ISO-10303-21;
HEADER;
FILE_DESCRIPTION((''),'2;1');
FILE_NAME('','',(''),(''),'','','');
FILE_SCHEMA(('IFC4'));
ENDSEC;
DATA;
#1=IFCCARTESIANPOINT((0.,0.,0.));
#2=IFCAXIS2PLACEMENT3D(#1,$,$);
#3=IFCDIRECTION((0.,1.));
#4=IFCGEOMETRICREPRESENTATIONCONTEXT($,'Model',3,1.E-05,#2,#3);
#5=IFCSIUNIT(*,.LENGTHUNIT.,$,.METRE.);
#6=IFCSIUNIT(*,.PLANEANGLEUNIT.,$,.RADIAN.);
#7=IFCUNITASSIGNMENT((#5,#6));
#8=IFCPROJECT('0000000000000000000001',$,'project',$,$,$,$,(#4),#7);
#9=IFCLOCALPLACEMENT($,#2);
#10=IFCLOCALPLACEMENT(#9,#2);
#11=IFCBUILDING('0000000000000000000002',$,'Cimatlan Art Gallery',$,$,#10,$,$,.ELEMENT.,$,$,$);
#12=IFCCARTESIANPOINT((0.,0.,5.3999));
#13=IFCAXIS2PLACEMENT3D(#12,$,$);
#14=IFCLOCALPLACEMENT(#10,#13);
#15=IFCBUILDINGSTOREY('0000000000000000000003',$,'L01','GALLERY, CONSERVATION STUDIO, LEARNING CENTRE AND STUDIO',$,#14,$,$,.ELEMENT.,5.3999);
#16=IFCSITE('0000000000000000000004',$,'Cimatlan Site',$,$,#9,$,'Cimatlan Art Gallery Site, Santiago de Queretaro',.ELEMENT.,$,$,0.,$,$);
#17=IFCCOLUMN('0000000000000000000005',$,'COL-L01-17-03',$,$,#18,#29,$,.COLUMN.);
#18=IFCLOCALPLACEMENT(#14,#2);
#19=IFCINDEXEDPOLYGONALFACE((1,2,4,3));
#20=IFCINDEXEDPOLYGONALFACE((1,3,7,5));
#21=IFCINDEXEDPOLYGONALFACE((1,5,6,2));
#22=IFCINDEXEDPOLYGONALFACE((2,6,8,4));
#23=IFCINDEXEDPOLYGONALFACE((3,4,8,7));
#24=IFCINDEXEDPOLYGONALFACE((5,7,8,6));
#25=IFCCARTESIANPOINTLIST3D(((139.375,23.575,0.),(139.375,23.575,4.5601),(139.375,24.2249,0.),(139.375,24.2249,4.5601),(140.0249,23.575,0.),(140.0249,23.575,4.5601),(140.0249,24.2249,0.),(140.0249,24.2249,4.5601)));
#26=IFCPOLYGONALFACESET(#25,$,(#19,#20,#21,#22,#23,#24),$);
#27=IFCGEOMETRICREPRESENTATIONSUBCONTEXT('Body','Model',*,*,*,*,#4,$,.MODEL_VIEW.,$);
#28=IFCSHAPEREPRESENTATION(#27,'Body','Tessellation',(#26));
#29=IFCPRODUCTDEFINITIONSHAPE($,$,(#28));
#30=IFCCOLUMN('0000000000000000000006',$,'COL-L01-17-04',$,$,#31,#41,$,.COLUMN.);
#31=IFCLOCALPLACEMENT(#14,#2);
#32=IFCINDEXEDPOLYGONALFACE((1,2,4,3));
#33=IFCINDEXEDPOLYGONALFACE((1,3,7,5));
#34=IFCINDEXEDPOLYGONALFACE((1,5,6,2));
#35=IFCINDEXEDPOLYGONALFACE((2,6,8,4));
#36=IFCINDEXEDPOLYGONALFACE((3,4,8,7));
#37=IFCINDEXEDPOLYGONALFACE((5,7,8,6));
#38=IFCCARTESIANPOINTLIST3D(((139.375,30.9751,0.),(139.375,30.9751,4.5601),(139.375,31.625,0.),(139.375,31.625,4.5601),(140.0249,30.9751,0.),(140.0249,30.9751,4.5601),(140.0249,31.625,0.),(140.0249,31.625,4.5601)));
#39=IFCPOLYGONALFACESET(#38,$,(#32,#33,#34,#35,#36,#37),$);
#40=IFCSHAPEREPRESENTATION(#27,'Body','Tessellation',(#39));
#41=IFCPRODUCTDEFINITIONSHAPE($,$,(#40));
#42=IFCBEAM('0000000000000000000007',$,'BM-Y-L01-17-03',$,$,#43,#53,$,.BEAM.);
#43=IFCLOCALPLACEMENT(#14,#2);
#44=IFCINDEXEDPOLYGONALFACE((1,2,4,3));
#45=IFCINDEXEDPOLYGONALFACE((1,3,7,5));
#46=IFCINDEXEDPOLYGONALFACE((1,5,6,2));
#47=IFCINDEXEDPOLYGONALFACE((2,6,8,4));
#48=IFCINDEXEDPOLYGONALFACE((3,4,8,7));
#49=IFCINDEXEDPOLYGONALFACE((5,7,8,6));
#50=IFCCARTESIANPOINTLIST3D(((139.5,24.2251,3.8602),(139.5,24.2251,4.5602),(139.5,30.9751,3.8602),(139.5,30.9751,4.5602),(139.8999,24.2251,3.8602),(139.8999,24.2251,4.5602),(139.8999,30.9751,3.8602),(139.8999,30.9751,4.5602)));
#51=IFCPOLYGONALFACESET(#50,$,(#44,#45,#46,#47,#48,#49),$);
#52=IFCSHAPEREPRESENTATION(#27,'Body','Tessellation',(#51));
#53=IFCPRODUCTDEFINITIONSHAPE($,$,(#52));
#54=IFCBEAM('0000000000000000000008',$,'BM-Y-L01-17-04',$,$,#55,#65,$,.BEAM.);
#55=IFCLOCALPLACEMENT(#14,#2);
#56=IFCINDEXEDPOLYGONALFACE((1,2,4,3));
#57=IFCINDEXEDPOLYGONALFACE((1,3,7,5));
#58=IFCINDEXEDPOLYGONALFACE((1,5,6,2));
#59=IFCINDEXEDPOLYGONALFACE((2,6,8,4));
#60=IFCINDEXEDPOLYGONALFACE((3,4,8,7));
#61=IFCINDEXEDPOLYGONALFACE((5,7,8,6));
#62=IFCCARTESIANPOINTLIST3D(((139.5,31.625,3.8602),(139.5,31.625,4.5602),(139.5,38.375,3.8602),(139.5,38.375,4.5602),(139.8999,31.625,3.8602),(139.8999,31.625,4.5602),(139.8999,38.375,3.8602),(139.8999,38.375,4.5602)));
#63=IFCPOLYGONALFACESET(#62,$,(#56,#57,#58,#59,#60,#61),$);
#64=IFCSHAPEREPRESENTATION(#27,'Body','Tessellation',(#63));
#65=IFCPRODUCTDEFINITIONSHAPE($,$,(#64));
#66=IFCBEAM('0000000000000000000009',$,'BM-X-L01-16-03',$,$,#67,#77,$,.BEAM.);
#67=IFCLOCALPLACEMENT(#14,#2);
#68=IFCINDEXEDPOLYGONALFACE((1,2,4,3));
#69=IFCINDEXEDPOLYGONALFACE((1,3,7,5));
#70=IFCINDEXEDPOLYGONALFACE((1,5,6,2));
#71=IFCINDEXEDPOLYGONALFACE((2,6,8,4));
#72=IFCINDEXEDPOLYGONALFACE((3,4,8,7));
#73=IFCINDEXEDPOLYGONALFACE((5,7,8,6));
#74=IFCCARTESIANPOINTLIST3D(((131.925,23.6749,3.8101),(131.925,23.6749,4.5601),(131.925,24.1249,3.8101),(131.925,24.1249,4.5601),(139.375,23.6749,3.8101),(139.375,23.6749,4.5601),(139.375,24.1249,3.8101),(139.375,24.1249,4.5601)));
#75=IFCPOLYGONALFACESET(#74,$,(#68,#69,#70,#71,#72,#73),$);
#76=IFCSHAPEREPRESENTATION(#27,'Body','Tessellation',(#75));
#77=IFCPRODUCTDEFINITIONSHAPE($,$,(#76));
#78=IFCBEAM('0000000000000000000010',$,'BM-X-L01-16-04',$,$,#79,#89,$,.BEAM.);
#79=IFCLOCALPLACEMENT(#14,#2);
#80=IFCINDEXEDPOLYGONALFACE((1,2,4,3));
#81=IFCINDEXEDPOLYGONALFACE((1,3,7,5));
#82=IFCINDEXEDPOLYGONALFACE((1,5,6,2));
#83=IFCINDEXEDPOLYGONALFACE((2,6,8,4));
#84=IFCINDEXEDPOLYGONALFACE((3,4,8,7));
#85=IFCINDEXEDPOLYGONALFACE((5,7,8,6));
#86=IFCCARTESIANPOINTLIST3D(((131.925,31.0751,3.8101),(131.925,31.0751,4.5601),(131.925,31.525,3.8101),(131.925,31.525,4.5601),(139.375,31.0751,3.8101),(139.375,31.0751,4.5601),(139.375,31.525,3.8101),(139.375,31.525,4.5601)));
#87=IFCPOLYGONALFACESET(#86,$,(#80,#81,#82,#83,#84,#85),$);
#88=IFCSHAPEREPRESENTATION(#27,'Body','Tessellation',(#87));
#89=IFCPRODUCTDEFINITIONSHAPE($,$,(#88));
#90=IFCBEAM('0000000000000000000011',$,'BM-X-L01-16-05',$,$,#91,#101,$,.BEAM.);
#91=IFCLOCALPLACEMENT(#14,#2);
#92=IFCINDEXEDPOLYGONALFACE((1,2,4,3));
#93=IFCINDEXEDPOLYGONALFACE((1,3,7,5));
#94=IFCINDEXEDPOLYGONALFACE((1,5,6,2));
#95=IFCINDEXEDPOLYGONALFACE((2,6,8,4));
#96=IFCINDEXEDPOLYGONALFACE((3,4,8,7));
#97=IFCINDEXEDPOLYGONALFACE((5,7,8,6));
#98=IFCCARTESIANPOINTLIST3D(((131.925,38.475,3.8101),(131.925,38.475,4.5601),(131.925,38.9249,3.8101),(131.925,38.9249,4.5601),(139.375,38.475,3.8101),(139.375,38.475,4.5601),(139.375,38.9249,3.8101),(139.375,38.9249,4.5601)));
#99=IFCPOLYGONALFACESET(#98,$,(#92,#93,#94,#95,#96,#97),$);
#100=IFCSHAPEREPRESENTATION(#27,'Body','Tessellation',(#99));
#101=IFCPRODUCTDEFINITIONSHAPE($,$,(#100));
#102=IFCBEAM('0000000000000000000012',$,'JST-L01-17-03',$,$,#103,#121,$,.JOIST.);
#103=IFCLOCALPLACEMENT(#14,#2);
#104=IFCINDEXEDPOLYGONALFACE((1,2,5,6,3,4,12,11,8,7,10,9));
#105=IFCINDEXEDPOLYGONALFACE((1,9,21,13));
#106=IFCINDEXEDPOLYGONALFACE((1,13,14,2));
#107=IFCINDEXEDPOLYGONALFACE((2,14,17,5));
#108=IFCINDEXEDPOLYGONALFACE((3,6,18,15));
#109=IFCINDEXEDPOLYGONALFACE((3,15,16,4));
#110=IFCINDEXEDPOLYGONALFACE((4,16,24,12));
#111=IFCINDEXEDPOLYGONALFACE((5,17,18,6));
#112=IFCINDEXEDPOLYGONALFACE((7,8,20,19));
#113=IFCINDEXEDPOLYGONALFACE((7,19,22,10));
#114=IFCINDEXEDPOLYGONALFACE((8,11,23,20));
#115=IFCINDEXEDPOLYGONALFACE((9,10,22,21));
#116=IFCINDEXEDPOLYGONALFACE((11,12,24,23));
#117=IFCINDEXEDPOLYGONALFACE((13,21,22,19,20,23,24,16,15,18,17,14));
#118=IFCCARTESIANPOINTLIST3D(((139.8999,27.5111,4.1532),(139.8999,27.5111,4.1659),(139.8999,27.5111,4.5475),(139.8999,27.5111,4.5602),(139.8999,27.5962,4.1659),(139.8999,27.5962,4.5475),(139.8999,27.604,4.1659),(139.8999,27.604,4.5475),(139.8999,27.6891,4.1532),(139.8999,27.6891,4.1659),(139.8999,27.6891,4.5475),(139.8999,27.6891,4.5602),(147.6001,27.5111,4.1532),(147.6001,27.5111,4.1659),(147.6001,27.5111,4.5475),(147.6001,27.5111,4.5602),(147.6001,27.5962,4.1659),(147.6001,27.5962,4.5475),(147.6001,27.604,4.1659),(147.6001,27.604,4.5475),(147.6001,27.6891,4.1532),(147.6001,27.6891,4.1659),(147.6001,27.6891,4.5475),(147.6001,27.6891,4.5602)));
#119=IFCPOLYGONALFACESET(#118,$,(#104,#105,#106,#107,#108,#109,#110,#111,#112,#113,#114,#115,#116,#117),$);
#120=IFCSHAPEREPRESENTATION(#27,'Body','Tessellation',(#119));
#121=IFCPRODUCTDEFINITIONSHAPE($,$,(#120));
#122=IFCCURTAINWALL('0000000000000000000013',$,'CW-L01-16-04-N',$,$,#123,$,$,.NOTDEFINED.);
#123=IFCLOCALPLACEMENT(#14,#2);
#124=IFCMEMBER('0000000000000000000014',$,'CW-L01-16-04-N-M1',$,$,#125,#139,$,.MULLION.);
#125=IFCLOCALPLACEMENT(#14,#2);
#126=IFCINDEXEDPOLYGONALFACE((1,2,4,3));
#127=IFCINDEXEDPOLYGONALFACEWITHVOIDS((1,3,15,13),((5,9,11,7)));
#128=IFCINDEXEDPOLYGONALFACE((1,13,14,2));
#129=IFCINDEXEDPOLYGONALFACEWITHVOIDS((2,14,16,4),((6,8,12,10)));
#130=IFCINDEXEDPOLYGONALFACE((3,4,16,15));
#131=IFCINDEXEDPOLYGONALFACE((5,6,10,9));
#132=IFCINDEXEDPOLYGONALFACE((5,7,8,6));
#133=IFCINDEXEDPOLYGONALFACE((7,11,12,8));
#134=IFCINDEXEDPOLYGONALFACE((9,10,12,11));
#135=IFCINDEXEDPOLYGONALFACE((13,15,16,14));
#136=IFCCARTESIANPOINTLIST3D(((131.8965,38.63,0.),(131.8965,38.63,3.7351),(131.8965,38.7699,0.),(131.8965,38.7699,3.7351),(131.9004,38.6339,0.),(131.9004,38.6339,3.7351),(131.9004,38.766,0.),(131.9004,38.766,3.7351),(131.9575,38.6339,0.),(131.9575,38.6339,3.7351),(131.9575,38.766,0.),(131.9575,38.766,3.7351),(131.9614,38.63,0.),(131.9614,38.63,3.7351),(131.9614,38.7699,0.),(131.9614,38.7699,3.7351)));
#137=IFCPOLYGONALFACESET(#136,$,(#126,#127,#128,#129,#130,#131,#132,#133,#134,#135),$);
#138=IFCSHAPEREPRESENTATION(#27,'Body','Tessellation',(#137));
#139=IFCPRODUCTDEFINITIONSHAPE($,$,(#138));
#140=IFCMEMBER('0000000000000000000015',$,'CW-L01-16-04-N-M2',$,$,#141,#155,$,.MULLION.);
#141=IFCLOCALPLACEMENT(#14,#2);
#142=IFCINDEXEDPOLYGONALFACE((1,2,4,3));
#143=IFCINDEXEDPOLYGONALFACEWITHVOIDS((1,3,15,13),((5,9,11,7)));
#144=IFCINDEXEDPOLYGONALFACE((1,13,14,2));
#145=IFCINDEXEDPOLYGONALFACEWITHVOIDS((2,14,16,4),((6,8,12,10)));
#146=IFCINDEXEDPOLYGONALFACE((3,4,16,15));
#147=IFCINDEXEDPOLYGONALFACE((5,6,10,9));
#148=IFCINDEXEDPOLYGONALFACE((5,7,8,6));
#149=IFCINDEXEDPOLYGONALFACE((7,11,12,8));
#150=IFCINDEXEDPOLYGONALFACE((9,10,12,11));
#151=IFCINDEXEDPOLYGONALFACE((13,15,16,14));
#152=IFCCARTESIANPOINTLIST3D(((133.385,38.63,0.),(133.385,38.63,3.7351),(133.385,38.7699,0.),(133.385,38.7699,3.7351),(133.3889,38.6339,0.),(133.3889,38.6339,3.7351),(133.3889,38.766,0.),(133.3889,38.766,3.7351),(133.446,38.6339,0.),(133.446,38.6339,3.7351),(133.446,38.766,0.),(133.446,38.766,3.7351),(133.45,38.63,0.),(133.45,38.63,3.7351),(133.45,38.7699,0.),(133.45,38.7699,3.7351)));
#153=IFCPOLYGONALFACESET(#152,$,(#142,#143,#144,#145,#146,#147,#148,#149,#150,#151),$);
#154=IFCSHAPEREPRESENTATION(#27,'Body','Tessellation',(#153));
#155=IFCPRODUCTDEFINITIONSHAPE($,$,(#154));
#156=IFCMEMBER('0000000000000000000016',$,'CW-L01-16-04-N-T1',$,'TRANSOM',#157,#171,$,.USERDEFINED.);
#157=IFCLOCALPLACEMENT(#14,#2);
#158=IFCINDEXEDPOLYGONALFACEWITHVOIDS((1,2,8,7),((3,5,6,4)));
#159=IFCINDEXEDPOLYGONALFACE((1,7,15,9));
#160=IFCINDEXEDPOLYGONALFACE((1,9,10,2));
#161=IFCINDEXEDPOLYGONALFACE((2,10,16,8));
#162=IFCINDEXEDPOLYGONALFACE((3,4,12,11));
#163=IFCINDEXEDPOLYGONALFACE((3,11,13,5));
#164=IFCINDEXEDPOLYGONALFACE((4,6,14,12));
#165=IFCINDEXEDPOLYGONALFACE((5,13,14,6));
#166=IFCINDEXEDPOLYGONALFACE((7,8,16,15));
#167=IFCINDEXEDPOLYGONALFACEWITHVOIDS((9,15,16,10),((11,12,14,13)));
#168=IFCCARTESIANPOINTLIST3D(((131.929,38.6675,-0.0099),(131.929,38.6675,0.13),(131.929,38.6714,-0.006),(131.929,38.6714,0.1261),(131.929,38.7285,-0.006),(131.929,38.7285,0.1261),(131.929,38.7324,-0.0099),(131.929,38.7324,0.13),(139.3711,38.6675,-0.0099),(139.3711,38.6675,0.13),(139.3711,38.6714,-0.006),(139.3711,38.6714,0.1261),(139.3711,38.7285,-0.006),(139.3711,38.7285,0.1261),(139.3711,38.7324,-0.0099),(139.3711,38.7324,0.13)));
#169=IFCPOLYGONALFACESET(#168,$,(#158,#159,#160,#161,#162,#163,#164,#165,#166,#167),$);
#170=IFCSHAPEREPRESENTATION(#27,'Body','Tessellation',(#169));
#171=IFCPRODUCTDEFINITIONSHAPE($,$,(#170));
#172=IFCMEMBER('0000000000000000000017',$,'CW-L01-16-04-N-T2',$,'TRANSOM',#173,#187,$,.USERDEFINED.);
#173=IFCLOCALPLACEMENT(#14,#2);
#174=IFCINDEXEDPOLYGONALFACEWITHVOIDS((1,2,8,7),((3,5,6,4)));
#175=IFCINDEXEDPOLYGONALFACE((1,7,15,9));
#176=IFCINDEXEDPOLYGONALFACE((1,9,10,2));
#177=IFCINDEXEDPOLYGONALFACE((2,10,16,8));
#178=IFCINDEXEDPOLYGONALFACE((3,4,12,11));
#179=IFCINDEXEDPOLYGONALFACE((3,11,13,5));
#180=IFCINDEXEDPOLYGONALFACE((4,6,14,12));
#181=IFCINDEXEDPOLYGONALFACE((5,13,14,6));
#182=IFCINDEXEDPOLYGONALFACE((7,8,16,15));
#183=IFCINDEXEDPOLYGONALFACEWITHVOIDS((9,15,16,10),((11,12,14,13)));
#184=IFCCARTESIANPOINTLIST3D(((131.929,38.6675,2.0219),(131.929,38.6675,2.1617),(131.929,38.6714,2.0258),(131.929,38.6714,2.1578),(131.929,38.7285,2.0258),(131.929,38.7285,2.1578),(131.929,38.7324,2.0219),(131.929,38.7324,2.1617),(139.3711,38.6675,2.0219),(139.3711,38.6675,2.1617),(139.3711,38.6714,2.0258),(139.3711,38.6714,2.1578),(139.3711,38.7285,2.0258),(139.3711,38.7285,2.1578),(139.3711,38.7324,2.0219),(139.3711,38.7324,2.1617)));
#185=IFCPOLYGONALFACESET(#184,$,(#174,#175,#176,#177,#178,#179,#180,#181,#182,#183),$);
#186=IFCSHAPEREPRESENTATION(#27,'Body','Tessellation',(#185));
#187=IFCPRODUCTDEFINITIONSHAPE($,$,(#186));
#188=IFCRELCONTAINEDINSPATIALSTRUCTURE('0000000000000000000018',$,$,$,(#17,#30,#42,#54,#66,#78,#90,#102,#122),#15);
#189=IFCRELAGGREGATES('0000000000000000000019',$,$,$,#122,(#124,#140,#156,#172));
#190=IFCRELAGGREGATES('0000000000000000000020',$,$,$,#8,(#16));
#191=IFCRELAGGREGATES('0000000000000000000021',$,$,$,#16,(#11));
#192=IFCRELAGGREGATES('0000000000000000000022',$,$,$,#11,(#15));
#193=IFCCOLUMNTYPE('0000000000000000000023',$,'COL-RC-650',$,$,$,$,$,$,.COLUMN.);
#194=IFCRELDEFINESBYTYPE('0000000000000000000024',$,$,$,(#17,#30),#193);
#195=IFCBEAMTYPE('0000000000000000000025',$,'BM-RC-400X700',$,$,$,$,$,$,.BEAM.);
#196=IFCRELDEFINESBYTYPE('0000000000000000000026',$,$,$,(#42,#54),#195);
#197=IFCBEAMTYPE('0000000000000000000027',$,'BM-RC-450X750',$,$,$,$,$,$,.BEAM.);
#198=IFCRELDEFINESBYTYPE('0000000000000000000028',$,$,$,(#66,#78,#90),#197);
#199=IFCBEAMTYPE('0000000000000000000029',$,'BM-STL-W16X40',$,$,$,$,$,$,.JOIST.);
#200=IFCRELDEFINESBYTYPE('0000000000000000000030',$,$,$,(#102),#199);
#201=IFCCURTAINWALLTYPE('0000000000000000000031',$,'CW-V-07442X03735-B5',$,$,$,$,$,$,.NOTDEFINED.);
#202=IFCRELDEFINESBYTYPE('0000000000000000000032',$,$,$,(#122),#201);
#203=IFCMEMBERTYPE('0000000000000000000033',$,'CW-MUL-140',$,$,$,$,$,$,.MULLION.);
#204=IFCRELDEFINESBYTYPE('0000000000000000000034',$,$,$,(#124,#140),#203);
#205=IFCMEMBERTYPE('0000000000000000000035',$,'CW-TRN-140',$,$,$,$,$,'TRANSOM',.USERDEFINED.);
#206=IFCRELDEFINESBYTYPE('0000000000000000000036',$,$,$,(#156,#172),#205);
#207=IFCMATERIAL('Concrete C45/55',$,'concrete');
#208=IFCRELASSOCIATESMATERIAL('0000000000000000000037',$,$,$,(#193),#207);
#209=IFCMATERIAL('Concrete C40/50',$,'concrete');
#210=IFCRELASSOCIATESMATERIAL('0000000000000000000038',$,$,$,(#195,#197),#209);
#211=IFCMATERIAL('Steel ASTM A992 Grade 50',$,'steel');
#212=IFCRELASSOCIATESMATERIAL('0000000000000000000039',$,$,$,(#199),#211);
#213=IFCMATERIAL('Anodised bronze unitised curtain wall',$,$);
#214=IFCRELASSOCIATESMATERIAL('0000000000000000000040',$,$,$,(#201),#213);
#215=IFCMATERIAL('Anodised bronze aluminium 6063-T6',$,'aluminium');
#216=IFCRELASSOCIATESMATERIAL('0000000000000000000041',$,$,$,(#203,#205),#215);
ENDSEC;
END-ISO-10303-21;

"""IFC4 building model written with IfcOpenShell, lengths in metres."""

from ifc_helpers import new_model, si_unit, direction, frame, origin, origin_2d, place, context, subcontext, project, spatial, rectangle, hollow_rectangle, i_section, extrude, material, material_profile, profile_set, type_object, element, aggregate, save


model = new_model("IFC4")

# Units and contexts
model_context = context("Model", 3, precision=1e-05, world=origin(), true_north=direction((0.0, 1.0)))
body_context = subcontext(model_context, "Body", "Model", "MODEL_VIEW")
ifc_project = project(units=[si_unit("LENGTHUNIT", "METRE"), si_unit("PLANEANGLEUNIT", "RADIAN")], contexts=[model_context])

# Site, building, storey
site_placement = place(None, origin())
site = spatial("IfcSite", under=ifc_project, at=site_placement, Name="Cimatlan Site", LongName="Cimatlan Art Gallery Site, Santiago de Queretaro", CompositionType="ELEMENT", RefElevation=0.0)
building_placement = place(site_placement, origin())
building = spatial("IfcBuilding", under=site, at=building_placement, Name="Cimatlan Art Gallery", CompositionType="ELEMENT")
storey_placement = place(building_placement, frame((0.0, 0.0, 5.3999)))
storey = spatial("IfcBuildingStorey", under=building, at=storey_placement, Name="L01", Description="GALLERY, CONSERVATION STUDIO, LEARNING CENTRE AND STUDIO", CompositionType="ELEMENT", Elevation=5.3999)

# Columns
ifc_material_1 = material(Name="Concrete C45/55", Category="concrete")
ifc_material_profile_1 = material_profile(ifc_material_1, rectangle(XDim=0.6499, YDim=0.6499, at=origin_2d()), Name="RC650X650")
ifc_profile_set_1 = profile_set([ifc_material_profile_1], Name="Concrete C45/55")
column_type = type_object("IfcColumnType", Name="COL-RC-650", PredefinedType="COLUMN", material=ifc_profile_set_1)
for number, where, z_axis, x_axis, name in (
    (1, (139.7, 23.8999, 0.0), (0.0, 0.0, 1.0), (1.0, 0.0, 0.0), "COL-L01-17-03"),
    (2, (139.7, 31.3, 0.0), (0.0, 0.0, 1.0), (1.0, 0.0, 0.0), "COL-L01-17-04"),
):
    element("IfcColumn", number, at=place(storey_placement, frame(where, z_axis=z_axis, x_axis=x_axis)), inside=storey, type_object=column_type, Name=name, PredefinedType="COLUMN", context=body_context, shape_type="SweptSolid", body=[
        extrude(rectangle(XDim=0.6499, YDim=0.6499, at=origin_2d()), origin(), (0.0, 0.0, 1.0), 4.5601),
    ])

# Beams
ifc_material_2 = material(Name="Concrete C40/50", Category="concrete")
ifc_material_profile_2 = material_profile(ifc_material_2, rectangle(XDim=0.3999, YDim=0.7, at=origin_2d()), Name="RC400X700")
ifc_profile_set_2 = profile_set([ifc_material_profile_2], Name="Concrete C40/50")
beam_type_1 = type_object("IfcBeamType", Name="BM-RC-400X700", PredefinedType="BEAM", material=ifc_profile_set_2)
for number, where, z_axis, x_axis, name in (
    (3, (139.7, 24.2251, 4.2102), (0.0, 1.0, 0.0), (-1.0, 0.0, 0.0), "BM-Y-L01-17-03"),
    (4, (139.7, 31.625, 4.2102), (0.0, 1.0, 0.0), (-1.0, 0.0, 0.0), "BM-Y-L01-17-04"),
):
    element("IfcBeam", number, at=place(storey_placement, frame(where, z_axis=z_axis, x_axis=x_axis)), inside=storey, type_object=beam_type_1, Name=name, PredefinedType="BEAM", context=body_context, shape_type="SweptSolid", body=[
        extrude(rectangle(XDim=0.3999, YDim=0.7, at=origin_2d()), origin(), (0.0, 0.0, 1.0), 6.75),
    ])
ifc_material_profile_3 = material_profile(ifc_material_2, rectangle(XDim=0.45, YDim=0.75, at=origin_2d()), Name="RC450X750")
ifc_profile_set_3 = profile_set([ifc_material_profile_3], Name="Concrete C40/50")
beam_type_2 = type_object("IfcBeamType", Name="BM-RC-450X750", PredefinedType="BEAM", material=ifc_profile_set_3)
for number, where, z_axis, x_axis, name in (
    (5, (131.925, 23.8999, 4.1851), (1.0, 0.0, 0.0), (0.0, 1.0, 0.0), "BM-X-L01-16-03"),
    (6, (131.925, 31.3, 4.1851), (1.0, 0.0, 0.0), (0.0, 1.0, 0.0), "BM-X-L01-16-04"),
    (7, (131.925, 38.7, 4.1851), (1.0, 0.0, 0.0), (0.0, 1.0, 0.0), "BM-X-L01-16-05"),
):
    element("IfcBeam", number, at=place(storey_placement, frame(where, z_axis=z_axis, x_axis=x_axis)), inside=storey, type_object=beam_type_2, Name=name, PredefinedType="BEAM", context=body_context, shape_type="SweptSolid", body=[
        extrude(rectangle(XDim=0.45, YDim=0.75, at=origin_2d()), origin(), (0.0, 0.0, 1.0), 7.45),
    ])
ifc_material_3 = material(Name="Steel ASTM A992 Grade 50", Category="steel")
ifc_material_profile_4 = material_profile(ifc_material_3, i_section(OverallWidth=0.178, OverallDepth=0.407, WebThickness=0.0078, FlangeThickness=0.0127, at=origin_2d()), Name="W16X40")
ifc_profile_set_4 = profile_set([ifc_material_profile_4], Name="Steel ASTM A992 Grade 50")
beam_type_3 = type_object("IfcBeamType", Name="BM-STL-W16X40", PredefinedType="JOIST", material=ifc_profile_set_4)
beam_placement = place(storey_placement, frame((139.8999, 27.6001, 4.3567), z_axis=(1.0, 0.0, 0.0), x_axis=(0.0, 1.0, 0.0)))
element("IfcBeam", 8, at=beam_placement, inside=storey, type_object=beam_type_3, Name="JST-L01-17-03", PredefinedType="JOIST", context=body_context, shape_type="SweptSolid", body=[
    extrude(i_section(OverallWidth=0.178, OverallDepth=0.407, WebThickness=0.0078, FlangeThickness=0.0127, at=origin_2d()), origin(), (0.0, 0.0, 1.0), 7.7002),
])

# Curtain wall, members
ifc_material_4 = material(Name="Anodised bronze unitised curtain wall")
curtain_wall_type = type_object("IfcCurtainWallType", Name="CW-V-07442X03735-B5", PredefinedType="NOTDEFINED", material=ifc_material_4)
curtain_wall_placement = place(storey_placement, origin())
curtain_wall = element("IfcCurtainWall", 9, at=curtain_wall_placement, inside=storey, type_object=curtain_wall_type, Name="CW-L01-16-04-N", PredefinedType="NOTDEFINED")
ifc_material_5 = material(Name="Anodised bronze aluminium 6063-T6", Category="aluminium")
ifc_material_profile_5 = material_profile(ifc_material_5, hollow_rectangle(XDim=0.0649, YDim=0.1399, WallThickness=0.0039, at=origin_2d()), Name="ALU65X140X4")
ifc_profile_set_5 = profile_set([ifc_material_profile_5], Name="Anodised bronze aluminium 6063-T6")
member_type_1 = type_object("IfcMemberType", Name="CW-MUL-140", PredefinedType="MULLION", material=ifc_profile_set_5)
member_1_placement = place(storey_placement, frame((131.929, 38.7, 0.0), z_axis=(0.0, 0.0, 1.0), x_axis=(1.0, 0.0, 0.0)))
member_1 = element("IfcMember", 10, at=member_1_placement, type_object=member_type_1, Name="CW-L01-16-04-N-M1", PredefinedType="MULLION", context=body_context, shape_type="SweptSolid", body=[
    extrude(hollow_rectangle(XDim=0.0649, YDim=0.1399, WallThickness=0.0039, at=origin_2d()), origin(), (0.0, 0.0, 1.0), 3.7351),
])
member_2_placement = place(storey_placement, frame((133.4175, 38.7, 0.0), z_axis=(0.0, 0.0, 1.0), x_axis=(1.0, 0.0, 0.0)))
member_2 = element("IfcMember", 11, at=member_2_placement, type_object=member_type_1, Name="CW-L01-16-04-N-M2", PredefinedType="MULLION", context=body_context, shape_type="SweptSolid", body=[
    extrude(hollow_rectangle(XDim=0.0649, YDim=0.1399, WallThickness=0.0039, at=origin_2d()), origin(), (0.0, 0.0, 1.0), 3.7351),
])
ifc_material_profile_6 = material_profile(ifc_material_5, hollow_rectangle(XDim=0.0649, YDim=0.1399, WallThickness=0.0039, at=origin_2d()), Name="ALU65X140X4")
ifc_profile_set_6 = profile_set([ifc_material_profile_6], Name="Anodised bronze aluminium 6063-T6")
member_type_2 = type_object("IfcMemberType", Name="CW-TRN-140", ElementType="TRANSOM", PredefinedType="USERDEFINED", material=ifc_profile_set_6)
member_3_placement = place(storey_placement, frame((131.929, 38.7, 0.0601), z_axis=(1.0, 0.0, 0.0), x_axis=(0.0, 1.0, 0.0)))
member_3 = element("IfcMember", 12, at=member_3_placement, type_object=member_type_2, Name="CW-L01-16-04-N-T1", ObjectType="TRANSOM", PredefinedType="USERDEFINED", context=body_context, shape_type="SweptSolid", body=[
    extrude(hollow_rectangle(XDim=0.0649, YDim=0.1399, WallThickness=0.0039, at=origin_2d()), origin(), (0.0, 0.0, 1.0), 7.4421),
])
member_4_placement = place(storey_placement, frame((131.929, 38.7, 2.0918), z_axis=(1.0, 0.0, 0.0), x_axis=(0.0, 1.0, 0.0)))
member_4 = element("IfcMember", 13, at=member_4_placement, type_object=member_type_2, Name="CW-L01-16-04-N-T2", ObjectType="TRANSOM", PredefinedType="USERDEFINED", context=body_context, shape_type="SweptSolid", body=[
    extrude(hollow_rectangle(XDim=0.0649, YDim=0.1399, WallThickness=0.0039, at=origin_2d()), origin(), (0.0, 0.0, 1.0), 7.4421),
])
aggregate(curtain_wall, [member_1, member_2, member_3, member_4])

save(model, "model.ifc")
